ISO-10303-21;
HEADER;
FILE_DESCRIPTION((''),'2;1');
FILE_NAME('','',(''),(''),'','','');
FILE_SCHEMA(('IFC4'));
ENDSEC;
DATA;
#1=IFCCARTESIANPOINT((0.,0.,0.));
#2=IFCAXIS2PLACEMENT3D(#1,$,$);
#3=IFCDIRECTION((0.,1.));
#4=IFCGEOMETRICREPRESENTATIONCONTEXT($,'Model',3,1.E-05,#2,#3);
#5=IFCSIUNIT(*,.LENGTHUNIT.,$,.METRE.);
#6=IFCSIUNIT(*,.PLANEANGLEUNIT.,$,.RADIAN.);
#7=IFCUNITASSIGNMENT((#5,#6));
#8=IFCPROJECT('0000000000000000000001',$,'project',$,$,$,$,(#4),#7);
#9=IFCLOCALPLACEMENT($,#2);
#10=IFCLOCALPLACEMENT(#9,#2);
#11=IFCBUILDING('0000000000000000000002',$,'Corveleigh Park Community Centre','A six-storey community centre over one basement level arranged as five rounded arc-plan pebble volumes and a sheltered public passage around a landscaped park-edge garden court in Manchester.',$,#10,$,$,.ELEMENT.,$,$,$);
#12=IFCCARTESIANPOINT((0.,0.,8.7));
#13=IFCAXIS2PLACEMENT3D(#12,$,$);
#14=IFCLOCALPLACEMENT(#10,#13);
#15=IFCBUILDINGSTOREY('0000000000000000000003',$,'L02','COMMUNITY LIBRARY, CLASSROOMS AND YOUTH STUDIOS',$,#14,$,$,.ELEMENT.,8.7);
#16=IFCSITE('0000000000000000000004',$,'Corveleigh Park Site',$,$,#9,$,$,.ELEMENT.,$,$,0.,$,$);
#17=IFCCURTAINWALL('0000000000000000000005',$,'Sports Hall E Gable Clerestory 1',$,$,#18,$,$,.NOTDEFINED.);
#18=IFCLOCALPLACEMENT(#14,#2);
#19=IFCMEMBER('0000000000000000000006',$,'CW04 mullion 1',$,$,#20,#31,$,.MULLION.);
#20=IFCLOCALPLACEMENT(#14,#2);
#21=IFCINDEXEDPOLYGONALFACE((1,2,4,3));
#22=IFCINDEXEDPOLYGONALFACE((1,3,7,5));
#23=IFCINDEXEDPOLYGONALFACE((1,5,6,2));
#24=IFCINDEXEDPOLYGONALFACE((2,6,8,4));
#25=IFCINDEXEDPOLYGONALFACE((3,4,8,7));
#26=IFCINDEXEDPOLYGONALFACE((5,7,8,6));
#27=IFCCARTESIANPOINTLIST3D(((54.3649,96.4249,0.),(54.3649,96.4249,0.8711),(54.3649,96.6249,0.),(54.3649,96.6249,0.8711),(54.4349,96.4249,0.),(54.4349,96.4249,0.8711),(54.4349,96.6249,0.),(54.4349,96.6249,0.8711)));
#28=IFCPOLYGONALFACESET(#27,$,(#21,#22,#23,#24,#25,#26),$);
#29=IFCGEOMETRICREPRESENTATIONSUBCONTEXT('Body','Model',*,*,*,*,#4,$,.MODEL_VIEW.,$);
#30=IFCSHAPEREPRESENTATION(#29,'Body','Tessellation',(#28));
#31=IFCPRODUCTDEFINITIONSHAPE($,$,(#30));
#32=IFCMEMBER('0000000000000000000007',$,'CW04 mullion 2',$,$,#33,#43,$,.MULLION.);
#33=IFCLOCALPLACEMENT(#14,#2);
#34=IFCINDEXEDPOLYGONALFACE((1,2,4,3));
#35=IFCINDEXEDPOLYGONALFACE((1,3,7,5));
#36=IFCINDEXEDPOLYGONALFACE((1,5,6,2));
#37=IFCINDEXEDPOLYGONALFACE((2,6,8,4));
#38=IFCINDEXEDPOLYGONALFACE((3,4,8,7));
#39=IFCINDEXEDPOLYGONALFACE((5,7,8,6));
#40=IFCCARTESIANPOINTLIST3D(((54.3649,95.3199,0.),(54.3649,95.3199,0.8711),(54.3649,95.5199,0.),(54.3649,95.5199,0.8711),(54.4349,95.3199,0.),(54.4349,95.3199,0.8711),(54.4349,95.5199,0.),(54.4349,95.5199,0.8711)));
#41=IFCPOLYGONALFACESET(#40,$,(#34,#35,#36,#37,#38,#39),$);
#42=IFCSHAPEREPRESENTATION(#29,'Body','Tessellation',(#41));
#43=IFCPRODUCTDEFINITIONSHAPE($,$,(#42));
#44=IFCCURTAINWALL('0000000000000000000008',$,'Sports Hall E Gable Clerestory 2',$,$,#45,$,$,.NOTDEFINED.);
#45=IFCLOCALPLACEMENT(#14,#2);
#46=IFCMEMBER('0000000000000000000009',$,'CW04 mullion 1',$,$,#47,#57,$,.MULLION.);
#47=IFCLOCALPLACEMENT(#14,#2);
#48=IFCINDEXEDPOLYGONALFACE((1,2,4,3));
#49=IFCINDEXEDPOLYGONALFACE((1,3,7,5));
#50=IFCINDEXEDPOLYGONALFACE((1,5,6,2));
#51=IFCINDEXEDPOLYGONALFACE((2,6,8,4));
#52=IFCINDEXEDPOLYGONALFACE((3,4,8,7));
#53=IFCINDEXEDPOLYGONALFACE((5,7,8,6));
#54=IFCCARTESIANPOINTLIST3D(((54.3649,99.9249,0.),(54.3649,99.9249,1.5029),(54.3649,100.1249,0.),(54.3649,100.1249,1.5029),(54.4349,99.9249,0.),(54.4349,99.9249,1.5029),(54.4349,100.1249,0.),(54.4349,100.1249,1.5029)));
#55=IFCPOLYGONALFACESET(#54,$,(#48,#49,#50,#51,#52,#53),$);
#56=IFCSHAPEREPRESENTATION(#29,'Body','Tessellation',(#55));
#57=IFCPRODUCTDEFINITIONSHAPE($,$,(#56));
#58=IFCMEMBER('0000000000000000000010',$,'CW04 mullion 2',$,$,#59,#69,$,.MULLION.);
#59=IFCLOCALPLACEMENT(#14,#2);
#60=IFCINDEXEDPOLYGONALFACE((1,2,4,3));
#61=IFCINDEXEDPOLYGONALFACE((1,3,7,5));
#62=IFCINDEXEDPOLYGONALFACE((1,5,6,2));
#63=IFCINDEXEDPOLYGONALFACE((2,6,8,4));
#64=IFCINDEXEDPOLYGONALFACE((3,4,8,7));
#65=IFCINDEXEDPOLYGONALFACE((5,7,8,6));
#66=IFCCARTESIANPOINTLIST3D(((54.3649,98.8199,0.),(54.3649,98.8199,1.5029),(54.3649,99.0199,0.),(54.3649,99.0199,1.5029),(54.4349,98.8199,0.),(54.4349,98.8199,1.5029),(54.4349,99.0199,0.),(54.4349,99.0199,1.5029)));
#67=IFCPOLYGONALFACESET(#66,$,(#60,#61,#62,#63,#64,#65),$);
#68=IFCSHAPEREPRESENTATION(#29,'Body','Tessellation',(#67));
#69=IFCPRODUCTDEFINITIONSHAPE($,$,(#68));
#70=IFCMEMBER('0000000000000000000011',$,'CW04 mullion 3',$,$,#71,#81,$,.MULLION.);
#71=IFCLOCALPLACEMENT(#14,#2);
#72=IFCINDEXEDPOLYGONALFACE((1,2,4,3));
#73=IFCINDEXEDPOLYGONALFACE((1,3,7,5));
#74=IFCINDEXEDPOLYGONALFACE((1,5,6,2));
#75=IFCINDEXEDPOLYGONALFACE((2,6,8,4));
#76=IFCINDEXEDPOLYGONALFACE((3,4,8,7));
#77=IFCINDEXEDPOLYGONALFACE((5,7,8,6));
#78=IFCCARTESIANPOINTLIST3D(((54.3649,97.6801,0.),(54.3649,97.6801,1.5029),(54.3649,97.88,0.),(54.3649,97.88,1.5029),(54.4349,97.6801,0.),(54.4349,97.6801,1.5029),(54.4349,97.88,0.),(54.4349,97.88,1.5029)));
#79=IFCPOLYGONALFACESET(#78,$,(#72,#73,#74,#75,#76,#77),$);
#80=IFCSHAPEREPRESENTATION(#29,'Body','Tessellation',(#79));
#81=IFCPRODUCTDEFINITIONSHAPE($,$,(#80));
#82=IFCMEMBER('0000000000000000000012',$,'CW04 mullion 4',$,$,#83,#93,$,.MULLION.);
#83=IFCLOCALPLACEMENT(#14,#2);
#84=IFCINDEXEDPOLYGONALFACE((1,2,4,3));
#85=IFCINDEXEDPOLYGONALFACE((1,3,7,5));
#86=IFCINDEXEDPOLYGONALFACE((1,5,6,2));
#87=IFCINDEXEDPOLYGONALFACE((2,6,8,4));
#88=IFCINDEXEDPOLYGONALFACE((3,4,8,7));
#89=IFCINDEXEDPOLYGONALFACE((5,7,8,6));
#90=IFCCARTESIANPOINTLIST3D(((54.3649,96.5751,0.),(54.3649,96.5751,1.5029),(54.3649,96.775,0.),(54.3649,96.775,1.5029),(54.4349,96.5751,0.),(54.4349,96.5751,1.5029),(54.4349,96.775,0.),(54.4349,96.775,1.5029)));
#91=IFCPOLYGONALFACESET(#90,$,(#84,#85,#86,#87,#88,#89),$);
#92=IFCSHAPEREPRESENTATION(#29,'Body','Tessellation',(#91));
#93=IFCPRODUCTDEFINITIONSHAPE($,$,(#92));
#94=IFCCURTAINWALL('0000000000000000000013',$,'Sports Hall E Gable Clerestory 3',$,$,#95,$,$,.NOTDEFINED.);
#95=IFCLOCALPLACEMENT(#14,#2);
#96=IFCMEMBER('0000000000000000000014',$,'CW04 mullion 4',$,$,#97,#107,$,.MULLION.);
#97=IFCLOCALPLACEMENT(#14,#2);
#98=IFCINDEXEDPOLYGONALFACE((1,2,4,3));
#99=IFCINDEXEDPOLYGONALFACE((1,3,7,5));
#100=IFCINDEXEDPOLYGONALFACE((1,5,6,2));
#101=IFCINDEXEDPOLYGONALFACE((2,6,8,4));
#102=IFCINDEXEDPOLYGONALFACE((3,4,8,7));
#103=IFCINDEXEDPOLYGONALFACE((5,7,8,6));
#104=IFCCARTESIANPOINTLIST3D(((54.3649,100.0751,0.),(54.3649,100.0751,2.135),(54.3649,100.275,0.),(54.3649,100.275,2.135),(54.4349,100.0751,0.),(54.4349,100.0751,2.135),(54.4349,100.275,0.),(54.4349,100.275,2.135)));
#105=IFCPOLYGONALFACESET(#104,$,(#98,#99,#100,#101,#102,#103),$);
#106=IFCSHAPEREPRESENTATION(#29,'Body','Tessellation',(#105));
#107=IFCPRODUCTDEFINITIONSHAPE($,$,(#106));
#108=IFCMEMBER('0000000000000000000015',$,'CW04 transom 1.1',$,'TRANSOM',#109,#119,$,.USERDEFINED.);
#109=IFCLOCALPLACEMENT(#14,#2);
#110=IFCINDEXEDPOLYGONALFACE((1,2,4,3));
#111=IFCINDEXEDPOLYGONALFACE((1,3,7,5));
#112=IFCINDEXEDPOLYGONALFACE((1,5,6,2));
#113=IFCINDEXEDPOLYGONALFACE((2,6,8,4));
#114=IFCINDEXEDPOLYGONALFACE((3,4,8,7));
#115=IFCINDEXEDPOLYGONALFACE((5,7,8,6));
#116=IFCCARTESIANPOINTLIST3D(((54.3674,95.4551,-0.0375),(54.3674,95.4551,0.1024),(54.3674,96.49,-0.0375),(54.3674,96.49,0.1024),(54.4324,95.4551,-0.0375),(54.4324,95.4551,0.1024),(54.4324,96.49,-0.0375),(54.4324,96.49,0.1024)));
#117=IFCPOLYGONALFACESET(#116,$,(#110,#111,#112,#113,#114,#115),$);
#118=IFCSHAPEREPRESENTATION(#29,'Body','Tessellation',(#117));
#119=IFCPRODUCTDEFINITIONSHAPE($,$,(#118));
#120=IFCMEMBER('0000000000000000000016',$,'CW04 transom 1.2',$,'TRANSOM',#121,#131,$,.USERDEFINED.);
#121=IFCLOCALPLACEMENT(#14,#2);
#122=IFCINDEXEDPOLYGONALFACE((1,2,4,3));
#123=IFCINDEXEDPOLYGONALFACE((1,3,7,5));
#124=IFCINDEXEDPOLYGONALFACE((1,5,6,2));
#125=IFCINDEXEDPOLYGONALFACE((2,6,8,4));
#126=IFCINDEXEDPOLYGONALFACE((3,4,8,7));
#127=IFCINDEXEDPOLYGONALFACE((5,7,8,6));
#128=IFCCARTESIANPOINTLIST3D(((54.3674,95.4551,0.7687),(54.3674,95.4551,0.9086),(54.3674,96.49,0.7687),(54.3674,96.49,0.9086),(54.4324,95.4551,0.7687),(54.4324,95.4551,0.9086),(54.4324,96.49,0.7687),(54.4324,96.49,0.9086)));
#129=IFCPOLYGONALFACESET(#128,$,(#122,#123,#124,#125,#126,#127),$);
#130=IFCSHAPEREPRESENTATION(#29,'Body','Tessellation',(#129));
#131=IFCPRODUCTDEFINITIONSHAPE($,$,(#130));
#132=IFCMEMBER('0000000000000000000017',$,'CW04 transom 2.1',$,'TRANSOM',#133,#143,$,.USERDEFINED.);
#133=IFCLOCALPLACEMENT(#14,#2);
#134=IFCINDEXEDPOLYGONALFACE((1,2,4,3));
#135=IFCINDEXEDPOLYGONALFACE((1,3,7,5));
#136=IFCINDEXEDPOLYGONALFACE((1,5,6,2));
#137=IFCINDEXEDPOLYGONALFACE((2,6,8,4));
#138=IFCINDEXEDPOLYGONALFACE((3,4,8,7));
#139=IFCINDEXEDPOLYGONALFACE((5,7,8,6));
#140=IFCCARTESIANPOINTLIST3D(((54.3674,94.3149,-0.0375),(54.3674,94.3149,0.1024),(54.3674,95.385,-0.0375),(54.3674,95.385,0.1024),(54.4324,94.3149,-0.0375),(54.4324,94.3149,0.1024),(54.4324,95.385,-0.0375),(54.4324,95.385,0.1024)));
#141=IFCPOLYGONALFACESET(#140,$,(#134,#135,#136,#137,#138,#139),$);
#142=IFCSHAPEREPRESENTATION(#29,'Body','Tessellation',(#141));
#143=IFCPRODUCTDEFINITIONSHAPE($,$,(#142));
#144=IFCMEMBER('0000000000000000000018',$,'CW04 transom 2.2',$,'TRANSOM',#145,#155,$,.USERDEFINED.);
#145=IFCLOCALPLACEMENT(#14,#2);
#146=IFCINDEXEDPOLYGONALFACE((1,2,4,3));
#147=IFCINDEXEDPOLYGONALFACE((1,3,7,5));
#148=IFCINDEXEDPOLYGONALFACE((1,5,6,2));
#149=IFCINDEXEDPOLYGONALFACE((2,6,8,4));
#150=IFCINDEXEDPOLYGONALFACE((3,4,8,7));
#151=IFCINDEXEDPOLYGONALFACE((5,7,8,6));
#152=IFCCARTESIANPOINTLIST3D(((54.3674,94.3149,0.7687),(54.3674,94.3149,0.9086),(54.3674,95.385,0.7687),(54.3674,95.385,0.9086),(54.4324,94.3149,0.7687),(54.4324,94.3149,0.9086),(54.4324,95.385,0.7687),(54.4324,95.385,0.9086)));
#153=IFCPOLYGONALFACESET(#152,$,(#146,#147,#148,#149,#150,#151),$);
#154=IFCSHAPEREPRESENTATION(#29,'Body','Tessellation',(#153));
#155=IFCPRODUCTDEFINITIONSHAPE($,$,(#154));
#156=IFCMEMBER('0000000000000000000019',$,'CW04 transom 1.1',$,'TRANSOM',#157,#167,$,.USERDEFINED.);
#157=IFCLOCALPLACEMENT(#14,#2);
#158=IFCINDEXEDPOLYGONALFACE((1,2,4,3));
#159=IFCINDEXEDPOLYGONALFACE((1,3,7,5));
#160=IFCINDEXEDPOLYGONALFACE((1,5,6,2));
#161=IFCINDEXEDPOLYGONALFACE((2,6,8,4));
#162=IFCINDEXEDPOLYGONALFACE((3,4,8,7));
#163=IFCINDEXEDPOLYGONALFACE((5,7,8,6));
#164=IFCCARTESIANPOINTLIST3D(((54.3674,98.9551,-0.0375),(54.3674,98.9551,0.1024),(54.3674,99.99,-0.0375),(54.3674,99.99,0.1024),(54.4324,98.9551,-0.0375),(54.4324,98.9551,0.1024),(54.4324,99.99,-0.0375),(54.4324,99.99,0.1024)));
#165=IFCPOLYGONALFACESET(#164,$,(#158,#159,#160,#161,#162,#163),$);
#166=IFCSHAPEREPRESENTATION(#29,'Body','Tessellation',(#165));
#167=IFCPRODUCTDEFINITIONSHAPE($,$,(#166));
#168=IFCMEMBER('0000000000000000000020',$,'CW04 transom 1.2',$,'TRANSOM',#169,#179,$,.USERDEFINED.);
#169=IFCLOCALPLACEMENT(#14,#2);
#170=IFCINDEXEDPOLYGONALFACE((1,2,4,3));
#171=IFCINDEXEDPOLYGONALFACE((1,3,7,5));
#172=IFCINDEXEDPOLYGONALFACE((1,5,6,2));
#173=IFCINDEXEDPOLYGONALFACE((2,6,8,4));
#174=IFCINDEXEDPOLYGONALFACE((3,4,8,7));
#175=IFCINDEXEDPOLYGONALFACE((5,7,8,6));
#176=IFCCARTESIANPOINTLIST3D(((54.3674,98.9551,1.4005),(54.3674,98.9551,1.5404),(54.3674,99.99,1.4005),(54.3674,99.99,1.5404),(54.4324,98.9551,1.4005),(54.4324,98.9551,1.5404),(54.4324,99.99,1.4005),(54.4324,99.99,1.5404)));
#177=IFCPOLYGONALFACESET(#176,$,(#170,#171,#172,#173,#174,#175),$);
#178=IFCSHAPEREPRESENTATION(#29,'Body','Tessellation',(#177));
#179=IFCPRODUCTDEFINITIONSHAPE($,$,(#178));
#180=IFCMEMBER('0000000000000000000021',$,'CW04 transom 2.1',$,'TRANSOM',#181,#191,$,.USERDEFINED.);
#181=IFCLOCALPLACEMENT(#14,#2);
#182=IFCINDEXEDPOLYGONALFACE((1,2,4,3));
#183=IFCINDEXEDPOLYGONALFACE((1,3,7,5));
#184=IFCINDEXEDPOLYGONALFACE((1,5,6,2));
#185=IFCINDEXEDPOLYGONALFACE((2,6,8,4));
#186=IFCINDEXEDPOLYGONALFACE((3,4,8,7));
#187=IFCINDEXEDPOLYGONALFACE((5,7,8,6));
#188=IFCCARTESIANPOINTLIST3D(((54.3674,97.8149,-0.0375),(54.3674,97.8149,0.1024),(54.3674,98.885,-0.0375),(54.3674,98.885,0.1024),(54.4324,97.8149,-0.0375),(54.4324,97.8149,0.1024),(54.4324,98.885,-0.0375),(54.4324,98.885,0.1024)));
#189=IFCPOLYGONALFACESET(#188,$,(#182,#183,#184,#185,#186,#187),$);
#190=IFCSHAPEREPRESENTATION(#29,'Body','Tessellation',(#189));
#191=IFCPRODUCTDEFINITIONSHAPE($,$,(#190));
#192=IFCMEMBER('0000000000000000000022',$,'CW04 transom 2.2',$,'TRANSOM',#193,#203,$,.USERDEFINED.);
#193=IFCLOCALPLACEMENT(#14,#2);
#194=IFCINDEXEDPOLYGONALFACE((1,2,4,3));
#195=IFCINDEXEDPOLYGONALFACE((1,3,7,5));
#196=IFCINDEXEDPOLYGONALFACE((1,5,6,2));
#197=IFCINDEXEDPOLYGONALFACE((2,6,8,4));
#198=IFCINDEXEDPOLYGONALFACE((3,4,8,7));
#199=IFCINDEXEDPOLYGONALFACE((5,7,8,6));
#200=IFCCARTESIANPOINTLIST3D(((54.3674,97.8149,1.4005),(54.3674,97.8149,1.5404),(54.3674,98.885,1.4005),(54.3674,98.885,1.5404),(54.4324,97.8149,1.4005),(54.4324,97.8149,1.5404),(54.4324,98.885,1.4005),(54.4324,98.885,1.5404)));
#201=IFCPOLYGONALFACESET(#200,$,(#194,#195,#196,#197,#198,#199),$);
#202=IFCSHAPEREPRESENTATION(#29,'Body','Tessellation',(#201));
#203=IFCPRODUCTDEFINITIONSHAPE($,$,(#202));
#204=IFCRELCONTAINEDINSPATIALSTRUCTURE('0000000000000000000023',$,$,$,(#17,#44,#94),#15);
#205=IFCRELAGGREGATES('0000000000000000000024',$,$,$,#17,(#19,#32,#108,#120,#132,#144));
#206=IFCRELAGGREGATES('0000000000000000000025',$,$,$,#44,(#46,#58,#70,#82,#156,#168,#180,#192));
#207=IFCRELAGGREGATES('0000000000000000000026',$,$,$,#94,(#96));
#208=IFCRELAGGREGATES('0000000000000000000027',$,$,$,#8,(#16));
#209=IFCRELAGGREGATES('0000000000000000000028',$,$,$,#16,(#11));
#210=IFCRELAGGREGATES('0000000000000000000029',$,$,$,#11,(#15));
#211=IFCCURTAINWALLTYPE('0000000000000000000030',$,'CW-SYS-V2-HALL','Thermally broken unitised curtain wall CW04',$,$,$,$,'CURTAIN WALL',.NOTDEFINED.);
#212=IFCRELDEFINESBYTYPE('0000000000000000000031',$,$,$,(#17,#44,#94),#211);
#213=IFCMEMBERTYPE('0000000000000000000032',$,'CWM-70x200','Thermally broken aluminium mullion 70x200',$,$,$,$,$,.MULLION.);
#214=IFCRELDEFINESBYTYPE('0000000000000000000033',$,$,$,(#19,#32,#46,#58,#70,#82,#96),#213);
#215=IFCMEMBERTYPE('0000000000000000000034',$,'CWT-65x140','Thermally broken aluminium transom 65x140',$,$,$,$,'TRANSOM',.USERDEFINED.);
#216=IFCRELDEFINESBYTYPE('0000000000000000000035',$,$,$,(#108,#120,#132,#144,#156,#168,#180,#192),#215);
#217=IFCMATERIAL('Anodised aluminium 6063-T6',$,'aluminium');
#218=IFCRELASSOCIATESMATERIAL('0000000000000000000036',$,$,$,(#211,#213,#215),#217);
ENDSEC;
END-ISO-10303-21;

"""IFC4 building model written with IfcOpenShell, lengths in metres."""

from ifc_helpers import new_model, si_unit, direction, frame, origin, origin_2d, place, context, subcontext, project, spatial, rectangle, extrude, material, material_profile, profile_set, type_object, element, aggregate, save


model = new_model("IFC4")

# Units and contexts
model_context = context("Model", 3, precision=1e-05, world=origin(), true_north=direction((0.0, 1.0)))
body_context = subcontext(model_context, "Body", "Model", "MODEL_VIEW")
ifc_project = project(units=[si_unit("LENGTHUNIT", "METRE"), si_unit("PLANEANGLEUNIT", "RADIAN")], contexts=[model_context])

# Site, building, storey
site_placement = place(None, origin())
site = spatial("IfcSite", under=ifc_project, at=site_placement, Name="Corveleigh Park Site", CompositionType="ELEMENT", RefElevation=0.0)
building_placement = place(site_placement, origin())
building = spatial("IfcBuilding", under=site, at=building_placement, Name="Corveleigh Park Community Centre", Description="A six-storey community centre over one basement level arranged as five rounded arc-plan pebble volumes and a sheltered public passage around a landscaped park-edge garden court in Manchester.", CompositionType="ELEMENT")
storey_placement = place(building_placement, frame((0.0, 0.0, 8.7)))
storey = spatial("IfcBuildingStorey", under=building, at=storey_placement, Name="L02", Description="COMMUNITY LIBRARY, CLASSROOMS AND YOUTH STUDIOS", CompositionType="ELEMENT", Elevation=8.7)

# Curtain walls, members
ifc_material_1 = material(Name="Anodised aluminium 6063-T6", Category="aluminium")
curtain_wall_type = type_object("IfcCurtainWallType", Name="CW-SYS-V2-HALL", Description="Thermally broken unitised curtain wall CW04", ElementType="CURTAIN WALL", PredefinedType="NOTDEFINED", material=ifc_material_1)
curtain_wall_1_placement = place(storey_placement, origin())
curtain_wall_1 = element("IfcCurtainWall", 1, at=curtain_wall_1_placement, inside=storey, type_object=curtain_wall_type, Name="Sports Hall E Gable Clerestory 1", PredefinedType="NOTDEFINED")
ifc_material_profile_1 = material_profile(ifc_material_1, rectangle(XDim=0.0701, YDim=0.2, at=origin_2d()), Name="ALU-M70x200", Category="aluminium")
ifc_profile_set_1 = profile_set([ifc_material_profile_1], Name="Anodised aluminium 6063-T6")
member_type_1 = type_object("IfcMemberType", Name="CWM-70x200", Description="Thermally broken aluminium mullion 70x200", PredefinedType="MULLION", material=ifc_profile_set_1)
member_1_placement = place(storey_placement, frame((54.3999, 96.5249, 0.0), z_axis=(0.0, 0.0, 1.0), x_axis=(1.0, 0.0, 0.0)))
member_1 = element("IfcMember", 2, at=member_1_placement, type_object=member_type_1, Name="CW04 mullion 1", PredefinedType="MULLION", context=body_context, shape_type="SweptSolid", body=[
    extrude(rectangle(XDim=0.0701, YDim=0.2, at=origin_2d()), origin(), (0.0, 0.0, 1.0), 0.8711),
])
member_2_placement = place(storey_placement, frame((54.3999, 95.4199, 0.0), z_axis=(0.0, 0.0, 1.0), x_axis=(1.0, 0.0, 0.0)))
member_2 = element("IfcMember", 3, at=member_2_placement, type_object=member_type_1, Name="CW04 mullion 2", PredefinedType="MULLION", context=body_context, shape_type="SweptSolid", body=[
    extrude(rectangle(XDim=0.0701, YDim=0.2, at=origin_2d()), origin(), (0.0, 0.0, 1.0), 0.8711),
])
curtain_wall_2_placement = place(storey_placement, origin())
curtain_wall_2 = element("IfcCurtainWall", 4, at=curtain_wall_2_placement, inside=storey, type_object=curtain_wall_type, Name="Sports Hall E Gable Clerestory 2", PredefinedType="NOTDEFINED")
member_3_placement = place(storey_placement, frame((54.3999, 100.0249, 0.0), z_axis=(0.0, 0.0, 1.0), x_axis=(1.0, 0.0, 0.0)))
member_3 = element("IfcMember", 5, at=member_3_placement, type_object=member_type_1, Name="CW04 mullion 1", PredefinedType="MULLION", context=body_context, shape_type="SweptSolid", body=[
    extrude(rectangle(XDim=0.0701, YDim=0.2, at=origin_2d()), origin(), (0.0, 0.0, 1.0), 1.5029),
])
member_4_placement = place(storey_placement, frame((54.3999, 98.9199, 0.0), z_axis=(0.0, 0.0, 1.0), x_axis=(1.0, 0.0, 0.0)))
member_4 = element("IfcMember", 6, at=member_4_placement, type_object=member_type_1, Name="CW04 mullion 2", PredefinedType="MULLION", context=body_context, shape_type="SweptSolid", body=[
    extrude(rectangle(XDim=0.0701, YDim=0.2, at=origin_2d()), origin(), (0.0, 0.0, 1.0), 1.5029),
])
member_5_placement = place(storey_placement, frame((54.3999, 97.78, 0.0), z_axis=(0.0, 0.0, 1.0), x_axis=(1.0, 0.0, 0.0)))
member_5 = element("IfcMember", 7, at=member_5_placement, type_object=member_type_1, Name="CW04 mullion 3", PredefinedType="MULLION", context=body_context, shape_type="SweptSolid", body=[
    extrude(rectangle(XDim=0.0701, YDim=0.2, at=origin_2d()), origin(), (0.0, 0.0, 1.0), 1.5029),
])
member_6_placement = place(storey_placement, frame((54.3999, 96.675, 0.0), z_axis=(0.0, 0.0, 1.0), x_axis=(1.0, 0.0, 0.0)))
member_6 = element("IfcMember", 8, at=member_6_placement, type_object=member_type_1, Name="CW04 mullion 4", PredefinedType="MULLION", context=body_context, shape_type="SweptSolid", body=[
    extrude(rectangle(XDim=0.0701, YDim=0.2, at=origin_2d()), origin(), (0.0, 0.0, 1.0), 1.5029),
])

# Curtain wall, member
curtain_wall_3_placement = place(storey_placement, origin())
curtain_wall_3 = element("IfcCurtainWall", 9, at=curtain_wall_3_placement, inside=storey, type_object=curtain_wall_type, Name="Sports Hall E Gable Clerestory 3", PredefinedType="NOTDEFINED")
member_7_placement = place(storey_placement, frame((54.3999, 100.175, 0.0), z_axis=(0.0, 0.0, 1.0), x_axis=(1.0, 0.0, 0.0)))
member_7 = element("IfcMember", 10, at=member_7_placement, type_object=member_type_1, Name="CW04 mullion 4", PredefinedType="MULLION", context=body_context, shape_type="SweptSolid", body=[
    extrude(rectangle(XDim=0.0701, YDim=0.2, at=origin_2d()), origin(), (0.0, 0.0, 1.0), 2.135),
])

# Members
ifc_material_profile_2 = material_profile(ifc_material_1, rectangle(XDim=0.0649, YDim=0.1399, at=origin_2d()), Name="ALU-T65x140", Category="aluminium")
ifc_profile_set_2 = profile_set([ifc_material_profile_2], Name="Anodised aluminium 6063-T6")
member_type_2 = type_object("IfcMemberType", Name="CWT-65x140", Description="Thermally broken aluminium transom 65x140", ElementType="TRANSOM", PredefinedType="USERDEFINED", material=ifc_profile_set_2)
member_8_placement = place(storey_placement, frame((54.3999, 96.49, 0.0325), z_axis=(0.0, -1.0, 0.0), x_axis=(1.0, 0.0, 0.0)))
member_8 = element("IfcMember", 11, at=member_8_placement, type_object=member_type_2, Name="CW04 transom 1.1", ObjectType="TRANSOM", PredefinedType="USERDEFINED", context=body_context, shape_type="SweptSolid", body=[
    extrude(rectangle(XDim=0.0649, YDim=0.1399, at=origin_2d()), origin(), (0.0, 0.0, 1.0), 1.0349),
])
member_9_placement = place(storey_placement, frame((54.3999, 96.49, 0.8386), z_axis=(0.0, -1.0, 0.0), x_axis=(1.0, 0.0, 0.0)))
member_9 = element("IfcMember", 12, at=member_9_placement, type_object=member_type_2, Name="CW04 transom 1.2", ObjectType="TRANSOM", PredefinedType="USERDEFINED", context=body_context, shape_type="SweptSolid", body=[
    extrude(rectangle(XDim=0.0649, YDim=0.1399, at=origin_2d()), origin(), (0.0, 0.0, 1.0), 1.0349),
])
member_10_placement = place(storey_placement, frame((54.3999, 95.385, 0.0325), z_axis=(0.0, -1.0, 0.0), x_axis=(1.0, 0.0, 0.0)))
member_10 = element("IfcMember", 13, at=member_10_placement, type_object=member_type_2, Name="CW04 transom 2.1", ObjectType="TRANSOM", PredefinedType="USERDEFINED", context=body_context, shape_type="SweptSolid", body=[
    extrude(rectangle(XDim=0.0649, YDim=0.1399, at=origin_2d()), origin(), (0.0, 0.0, 1.0), 1.0701),
])
member_11_placement = place(storey_placement, frame((54.3999, 95.385, 0.8386), z_axis=(0.0, -1.0, 0.0), x_axis=(1.0, 0.0, 0.0)))
member_11 = element("IfcMember", 14, at=member_11_placement, type_object=member_type_2, Name="CW04 transom 2.2", ObjectType="TRANSOM", PredefinedType="USERDEFINED", context=body_context, shape_type="SweptSolid", body=[
    extrude(rectangle(XDim=0.0649, YDim=0.1399, at=origin_2d()), origin(), (0.0, 0.0, 1.0), 1.0701),
])
member_12_placement = place(storey_placement, frame((54.3999, 99.99, 0.0325), z_axis=(0.0, -1.0, 0.0), x_axis=(1.0, 0.0, 0.0)))
member_12 = element("IfcMember", 15, at=member_12_placement, type_object=member_type_2, Name="CW04 transom 1.1", ObjectType="TRANSOM", PredefinedType="USERDEFINED", context=body_context, shape_type="SweptSolid", body=[
    extrude(rectangle(XDim=0.0649, YDim=0.1399, at=origin_2d()), origin(), (0.0, 0.0, 1.0), 1.0349),
])
member_13_placement = place(storey_placement, frame((54.3999, 99.99, 1.4705), z_axis=(0.0, -1.0, 0.0), x_axis=(1.0, 0.0, 0.0)))
member_13 = element("IfcMember", 16, at=member_13_placement, type_object=member_type_2, Name="CW04 transom 1.2", ObjectType="TRANSOM", PredefinedType="USERDEFINED", context=body_context, shape_type="SweptSolid", body=[
    extrude(rectangle(XDim=0.0649, YDim=0.1399, at=origin_2d()), origin(), (0.0, 0.0, 1.0), 1.0349),
])
member_14_placement = place(storey_placement, frame((54.3999, 98.885, 0.0325), z_axis=(0.0, -1.0, 0.0), x_axis=(1.0, 0.0, 0.0)))
member_14 = element("IfcMember", 17, at=member_14_placement, type_object=member_type_2, Name="CW04 transom 2.1", ObjectType="TRANSOM", PredefinedType="USERDEFINED", context=body_context, shape_type="SweptSolid", body=[
    extrude(rectangle(XDim=0.0649, YDim=0.1399, at=origin_2d()), origin(), (0.0, 0.0, 1.0), 1.0701),
])
member_15_placement = place(storey_placement, frame((54.3999, 98.885, 1.4705), z_axis=(0.0, -1.0, 0.0), x_axis=(1.0, 0.0, 0.0)))
member_15 = element("IfcMember", 18, at=member_15_placement, type_object=member_type_2, Name="CW04 transom 2.2", ObjectType="TRANSOM", PredefinedType="USERDEFINED", context=body_context, shape_type="SweptSolid", body=[
    extrude(rectangle(XDim=0.0649, YDim=0.1399, at=origin_2d()), origin(), (0.0, 0.0, 1.0), 1.0701),
])

aggregate(curtain_wall_1, [member_1, member_2, member_8, member_9, member_10, member_11])
aggregate(curtain_wall_2, [member_3, member_4, member_5, member_6, member_12, member_13, member_14, member_15])
aggregate(curtain_wall_3, [member_7])

save(model, "model.ifc")
